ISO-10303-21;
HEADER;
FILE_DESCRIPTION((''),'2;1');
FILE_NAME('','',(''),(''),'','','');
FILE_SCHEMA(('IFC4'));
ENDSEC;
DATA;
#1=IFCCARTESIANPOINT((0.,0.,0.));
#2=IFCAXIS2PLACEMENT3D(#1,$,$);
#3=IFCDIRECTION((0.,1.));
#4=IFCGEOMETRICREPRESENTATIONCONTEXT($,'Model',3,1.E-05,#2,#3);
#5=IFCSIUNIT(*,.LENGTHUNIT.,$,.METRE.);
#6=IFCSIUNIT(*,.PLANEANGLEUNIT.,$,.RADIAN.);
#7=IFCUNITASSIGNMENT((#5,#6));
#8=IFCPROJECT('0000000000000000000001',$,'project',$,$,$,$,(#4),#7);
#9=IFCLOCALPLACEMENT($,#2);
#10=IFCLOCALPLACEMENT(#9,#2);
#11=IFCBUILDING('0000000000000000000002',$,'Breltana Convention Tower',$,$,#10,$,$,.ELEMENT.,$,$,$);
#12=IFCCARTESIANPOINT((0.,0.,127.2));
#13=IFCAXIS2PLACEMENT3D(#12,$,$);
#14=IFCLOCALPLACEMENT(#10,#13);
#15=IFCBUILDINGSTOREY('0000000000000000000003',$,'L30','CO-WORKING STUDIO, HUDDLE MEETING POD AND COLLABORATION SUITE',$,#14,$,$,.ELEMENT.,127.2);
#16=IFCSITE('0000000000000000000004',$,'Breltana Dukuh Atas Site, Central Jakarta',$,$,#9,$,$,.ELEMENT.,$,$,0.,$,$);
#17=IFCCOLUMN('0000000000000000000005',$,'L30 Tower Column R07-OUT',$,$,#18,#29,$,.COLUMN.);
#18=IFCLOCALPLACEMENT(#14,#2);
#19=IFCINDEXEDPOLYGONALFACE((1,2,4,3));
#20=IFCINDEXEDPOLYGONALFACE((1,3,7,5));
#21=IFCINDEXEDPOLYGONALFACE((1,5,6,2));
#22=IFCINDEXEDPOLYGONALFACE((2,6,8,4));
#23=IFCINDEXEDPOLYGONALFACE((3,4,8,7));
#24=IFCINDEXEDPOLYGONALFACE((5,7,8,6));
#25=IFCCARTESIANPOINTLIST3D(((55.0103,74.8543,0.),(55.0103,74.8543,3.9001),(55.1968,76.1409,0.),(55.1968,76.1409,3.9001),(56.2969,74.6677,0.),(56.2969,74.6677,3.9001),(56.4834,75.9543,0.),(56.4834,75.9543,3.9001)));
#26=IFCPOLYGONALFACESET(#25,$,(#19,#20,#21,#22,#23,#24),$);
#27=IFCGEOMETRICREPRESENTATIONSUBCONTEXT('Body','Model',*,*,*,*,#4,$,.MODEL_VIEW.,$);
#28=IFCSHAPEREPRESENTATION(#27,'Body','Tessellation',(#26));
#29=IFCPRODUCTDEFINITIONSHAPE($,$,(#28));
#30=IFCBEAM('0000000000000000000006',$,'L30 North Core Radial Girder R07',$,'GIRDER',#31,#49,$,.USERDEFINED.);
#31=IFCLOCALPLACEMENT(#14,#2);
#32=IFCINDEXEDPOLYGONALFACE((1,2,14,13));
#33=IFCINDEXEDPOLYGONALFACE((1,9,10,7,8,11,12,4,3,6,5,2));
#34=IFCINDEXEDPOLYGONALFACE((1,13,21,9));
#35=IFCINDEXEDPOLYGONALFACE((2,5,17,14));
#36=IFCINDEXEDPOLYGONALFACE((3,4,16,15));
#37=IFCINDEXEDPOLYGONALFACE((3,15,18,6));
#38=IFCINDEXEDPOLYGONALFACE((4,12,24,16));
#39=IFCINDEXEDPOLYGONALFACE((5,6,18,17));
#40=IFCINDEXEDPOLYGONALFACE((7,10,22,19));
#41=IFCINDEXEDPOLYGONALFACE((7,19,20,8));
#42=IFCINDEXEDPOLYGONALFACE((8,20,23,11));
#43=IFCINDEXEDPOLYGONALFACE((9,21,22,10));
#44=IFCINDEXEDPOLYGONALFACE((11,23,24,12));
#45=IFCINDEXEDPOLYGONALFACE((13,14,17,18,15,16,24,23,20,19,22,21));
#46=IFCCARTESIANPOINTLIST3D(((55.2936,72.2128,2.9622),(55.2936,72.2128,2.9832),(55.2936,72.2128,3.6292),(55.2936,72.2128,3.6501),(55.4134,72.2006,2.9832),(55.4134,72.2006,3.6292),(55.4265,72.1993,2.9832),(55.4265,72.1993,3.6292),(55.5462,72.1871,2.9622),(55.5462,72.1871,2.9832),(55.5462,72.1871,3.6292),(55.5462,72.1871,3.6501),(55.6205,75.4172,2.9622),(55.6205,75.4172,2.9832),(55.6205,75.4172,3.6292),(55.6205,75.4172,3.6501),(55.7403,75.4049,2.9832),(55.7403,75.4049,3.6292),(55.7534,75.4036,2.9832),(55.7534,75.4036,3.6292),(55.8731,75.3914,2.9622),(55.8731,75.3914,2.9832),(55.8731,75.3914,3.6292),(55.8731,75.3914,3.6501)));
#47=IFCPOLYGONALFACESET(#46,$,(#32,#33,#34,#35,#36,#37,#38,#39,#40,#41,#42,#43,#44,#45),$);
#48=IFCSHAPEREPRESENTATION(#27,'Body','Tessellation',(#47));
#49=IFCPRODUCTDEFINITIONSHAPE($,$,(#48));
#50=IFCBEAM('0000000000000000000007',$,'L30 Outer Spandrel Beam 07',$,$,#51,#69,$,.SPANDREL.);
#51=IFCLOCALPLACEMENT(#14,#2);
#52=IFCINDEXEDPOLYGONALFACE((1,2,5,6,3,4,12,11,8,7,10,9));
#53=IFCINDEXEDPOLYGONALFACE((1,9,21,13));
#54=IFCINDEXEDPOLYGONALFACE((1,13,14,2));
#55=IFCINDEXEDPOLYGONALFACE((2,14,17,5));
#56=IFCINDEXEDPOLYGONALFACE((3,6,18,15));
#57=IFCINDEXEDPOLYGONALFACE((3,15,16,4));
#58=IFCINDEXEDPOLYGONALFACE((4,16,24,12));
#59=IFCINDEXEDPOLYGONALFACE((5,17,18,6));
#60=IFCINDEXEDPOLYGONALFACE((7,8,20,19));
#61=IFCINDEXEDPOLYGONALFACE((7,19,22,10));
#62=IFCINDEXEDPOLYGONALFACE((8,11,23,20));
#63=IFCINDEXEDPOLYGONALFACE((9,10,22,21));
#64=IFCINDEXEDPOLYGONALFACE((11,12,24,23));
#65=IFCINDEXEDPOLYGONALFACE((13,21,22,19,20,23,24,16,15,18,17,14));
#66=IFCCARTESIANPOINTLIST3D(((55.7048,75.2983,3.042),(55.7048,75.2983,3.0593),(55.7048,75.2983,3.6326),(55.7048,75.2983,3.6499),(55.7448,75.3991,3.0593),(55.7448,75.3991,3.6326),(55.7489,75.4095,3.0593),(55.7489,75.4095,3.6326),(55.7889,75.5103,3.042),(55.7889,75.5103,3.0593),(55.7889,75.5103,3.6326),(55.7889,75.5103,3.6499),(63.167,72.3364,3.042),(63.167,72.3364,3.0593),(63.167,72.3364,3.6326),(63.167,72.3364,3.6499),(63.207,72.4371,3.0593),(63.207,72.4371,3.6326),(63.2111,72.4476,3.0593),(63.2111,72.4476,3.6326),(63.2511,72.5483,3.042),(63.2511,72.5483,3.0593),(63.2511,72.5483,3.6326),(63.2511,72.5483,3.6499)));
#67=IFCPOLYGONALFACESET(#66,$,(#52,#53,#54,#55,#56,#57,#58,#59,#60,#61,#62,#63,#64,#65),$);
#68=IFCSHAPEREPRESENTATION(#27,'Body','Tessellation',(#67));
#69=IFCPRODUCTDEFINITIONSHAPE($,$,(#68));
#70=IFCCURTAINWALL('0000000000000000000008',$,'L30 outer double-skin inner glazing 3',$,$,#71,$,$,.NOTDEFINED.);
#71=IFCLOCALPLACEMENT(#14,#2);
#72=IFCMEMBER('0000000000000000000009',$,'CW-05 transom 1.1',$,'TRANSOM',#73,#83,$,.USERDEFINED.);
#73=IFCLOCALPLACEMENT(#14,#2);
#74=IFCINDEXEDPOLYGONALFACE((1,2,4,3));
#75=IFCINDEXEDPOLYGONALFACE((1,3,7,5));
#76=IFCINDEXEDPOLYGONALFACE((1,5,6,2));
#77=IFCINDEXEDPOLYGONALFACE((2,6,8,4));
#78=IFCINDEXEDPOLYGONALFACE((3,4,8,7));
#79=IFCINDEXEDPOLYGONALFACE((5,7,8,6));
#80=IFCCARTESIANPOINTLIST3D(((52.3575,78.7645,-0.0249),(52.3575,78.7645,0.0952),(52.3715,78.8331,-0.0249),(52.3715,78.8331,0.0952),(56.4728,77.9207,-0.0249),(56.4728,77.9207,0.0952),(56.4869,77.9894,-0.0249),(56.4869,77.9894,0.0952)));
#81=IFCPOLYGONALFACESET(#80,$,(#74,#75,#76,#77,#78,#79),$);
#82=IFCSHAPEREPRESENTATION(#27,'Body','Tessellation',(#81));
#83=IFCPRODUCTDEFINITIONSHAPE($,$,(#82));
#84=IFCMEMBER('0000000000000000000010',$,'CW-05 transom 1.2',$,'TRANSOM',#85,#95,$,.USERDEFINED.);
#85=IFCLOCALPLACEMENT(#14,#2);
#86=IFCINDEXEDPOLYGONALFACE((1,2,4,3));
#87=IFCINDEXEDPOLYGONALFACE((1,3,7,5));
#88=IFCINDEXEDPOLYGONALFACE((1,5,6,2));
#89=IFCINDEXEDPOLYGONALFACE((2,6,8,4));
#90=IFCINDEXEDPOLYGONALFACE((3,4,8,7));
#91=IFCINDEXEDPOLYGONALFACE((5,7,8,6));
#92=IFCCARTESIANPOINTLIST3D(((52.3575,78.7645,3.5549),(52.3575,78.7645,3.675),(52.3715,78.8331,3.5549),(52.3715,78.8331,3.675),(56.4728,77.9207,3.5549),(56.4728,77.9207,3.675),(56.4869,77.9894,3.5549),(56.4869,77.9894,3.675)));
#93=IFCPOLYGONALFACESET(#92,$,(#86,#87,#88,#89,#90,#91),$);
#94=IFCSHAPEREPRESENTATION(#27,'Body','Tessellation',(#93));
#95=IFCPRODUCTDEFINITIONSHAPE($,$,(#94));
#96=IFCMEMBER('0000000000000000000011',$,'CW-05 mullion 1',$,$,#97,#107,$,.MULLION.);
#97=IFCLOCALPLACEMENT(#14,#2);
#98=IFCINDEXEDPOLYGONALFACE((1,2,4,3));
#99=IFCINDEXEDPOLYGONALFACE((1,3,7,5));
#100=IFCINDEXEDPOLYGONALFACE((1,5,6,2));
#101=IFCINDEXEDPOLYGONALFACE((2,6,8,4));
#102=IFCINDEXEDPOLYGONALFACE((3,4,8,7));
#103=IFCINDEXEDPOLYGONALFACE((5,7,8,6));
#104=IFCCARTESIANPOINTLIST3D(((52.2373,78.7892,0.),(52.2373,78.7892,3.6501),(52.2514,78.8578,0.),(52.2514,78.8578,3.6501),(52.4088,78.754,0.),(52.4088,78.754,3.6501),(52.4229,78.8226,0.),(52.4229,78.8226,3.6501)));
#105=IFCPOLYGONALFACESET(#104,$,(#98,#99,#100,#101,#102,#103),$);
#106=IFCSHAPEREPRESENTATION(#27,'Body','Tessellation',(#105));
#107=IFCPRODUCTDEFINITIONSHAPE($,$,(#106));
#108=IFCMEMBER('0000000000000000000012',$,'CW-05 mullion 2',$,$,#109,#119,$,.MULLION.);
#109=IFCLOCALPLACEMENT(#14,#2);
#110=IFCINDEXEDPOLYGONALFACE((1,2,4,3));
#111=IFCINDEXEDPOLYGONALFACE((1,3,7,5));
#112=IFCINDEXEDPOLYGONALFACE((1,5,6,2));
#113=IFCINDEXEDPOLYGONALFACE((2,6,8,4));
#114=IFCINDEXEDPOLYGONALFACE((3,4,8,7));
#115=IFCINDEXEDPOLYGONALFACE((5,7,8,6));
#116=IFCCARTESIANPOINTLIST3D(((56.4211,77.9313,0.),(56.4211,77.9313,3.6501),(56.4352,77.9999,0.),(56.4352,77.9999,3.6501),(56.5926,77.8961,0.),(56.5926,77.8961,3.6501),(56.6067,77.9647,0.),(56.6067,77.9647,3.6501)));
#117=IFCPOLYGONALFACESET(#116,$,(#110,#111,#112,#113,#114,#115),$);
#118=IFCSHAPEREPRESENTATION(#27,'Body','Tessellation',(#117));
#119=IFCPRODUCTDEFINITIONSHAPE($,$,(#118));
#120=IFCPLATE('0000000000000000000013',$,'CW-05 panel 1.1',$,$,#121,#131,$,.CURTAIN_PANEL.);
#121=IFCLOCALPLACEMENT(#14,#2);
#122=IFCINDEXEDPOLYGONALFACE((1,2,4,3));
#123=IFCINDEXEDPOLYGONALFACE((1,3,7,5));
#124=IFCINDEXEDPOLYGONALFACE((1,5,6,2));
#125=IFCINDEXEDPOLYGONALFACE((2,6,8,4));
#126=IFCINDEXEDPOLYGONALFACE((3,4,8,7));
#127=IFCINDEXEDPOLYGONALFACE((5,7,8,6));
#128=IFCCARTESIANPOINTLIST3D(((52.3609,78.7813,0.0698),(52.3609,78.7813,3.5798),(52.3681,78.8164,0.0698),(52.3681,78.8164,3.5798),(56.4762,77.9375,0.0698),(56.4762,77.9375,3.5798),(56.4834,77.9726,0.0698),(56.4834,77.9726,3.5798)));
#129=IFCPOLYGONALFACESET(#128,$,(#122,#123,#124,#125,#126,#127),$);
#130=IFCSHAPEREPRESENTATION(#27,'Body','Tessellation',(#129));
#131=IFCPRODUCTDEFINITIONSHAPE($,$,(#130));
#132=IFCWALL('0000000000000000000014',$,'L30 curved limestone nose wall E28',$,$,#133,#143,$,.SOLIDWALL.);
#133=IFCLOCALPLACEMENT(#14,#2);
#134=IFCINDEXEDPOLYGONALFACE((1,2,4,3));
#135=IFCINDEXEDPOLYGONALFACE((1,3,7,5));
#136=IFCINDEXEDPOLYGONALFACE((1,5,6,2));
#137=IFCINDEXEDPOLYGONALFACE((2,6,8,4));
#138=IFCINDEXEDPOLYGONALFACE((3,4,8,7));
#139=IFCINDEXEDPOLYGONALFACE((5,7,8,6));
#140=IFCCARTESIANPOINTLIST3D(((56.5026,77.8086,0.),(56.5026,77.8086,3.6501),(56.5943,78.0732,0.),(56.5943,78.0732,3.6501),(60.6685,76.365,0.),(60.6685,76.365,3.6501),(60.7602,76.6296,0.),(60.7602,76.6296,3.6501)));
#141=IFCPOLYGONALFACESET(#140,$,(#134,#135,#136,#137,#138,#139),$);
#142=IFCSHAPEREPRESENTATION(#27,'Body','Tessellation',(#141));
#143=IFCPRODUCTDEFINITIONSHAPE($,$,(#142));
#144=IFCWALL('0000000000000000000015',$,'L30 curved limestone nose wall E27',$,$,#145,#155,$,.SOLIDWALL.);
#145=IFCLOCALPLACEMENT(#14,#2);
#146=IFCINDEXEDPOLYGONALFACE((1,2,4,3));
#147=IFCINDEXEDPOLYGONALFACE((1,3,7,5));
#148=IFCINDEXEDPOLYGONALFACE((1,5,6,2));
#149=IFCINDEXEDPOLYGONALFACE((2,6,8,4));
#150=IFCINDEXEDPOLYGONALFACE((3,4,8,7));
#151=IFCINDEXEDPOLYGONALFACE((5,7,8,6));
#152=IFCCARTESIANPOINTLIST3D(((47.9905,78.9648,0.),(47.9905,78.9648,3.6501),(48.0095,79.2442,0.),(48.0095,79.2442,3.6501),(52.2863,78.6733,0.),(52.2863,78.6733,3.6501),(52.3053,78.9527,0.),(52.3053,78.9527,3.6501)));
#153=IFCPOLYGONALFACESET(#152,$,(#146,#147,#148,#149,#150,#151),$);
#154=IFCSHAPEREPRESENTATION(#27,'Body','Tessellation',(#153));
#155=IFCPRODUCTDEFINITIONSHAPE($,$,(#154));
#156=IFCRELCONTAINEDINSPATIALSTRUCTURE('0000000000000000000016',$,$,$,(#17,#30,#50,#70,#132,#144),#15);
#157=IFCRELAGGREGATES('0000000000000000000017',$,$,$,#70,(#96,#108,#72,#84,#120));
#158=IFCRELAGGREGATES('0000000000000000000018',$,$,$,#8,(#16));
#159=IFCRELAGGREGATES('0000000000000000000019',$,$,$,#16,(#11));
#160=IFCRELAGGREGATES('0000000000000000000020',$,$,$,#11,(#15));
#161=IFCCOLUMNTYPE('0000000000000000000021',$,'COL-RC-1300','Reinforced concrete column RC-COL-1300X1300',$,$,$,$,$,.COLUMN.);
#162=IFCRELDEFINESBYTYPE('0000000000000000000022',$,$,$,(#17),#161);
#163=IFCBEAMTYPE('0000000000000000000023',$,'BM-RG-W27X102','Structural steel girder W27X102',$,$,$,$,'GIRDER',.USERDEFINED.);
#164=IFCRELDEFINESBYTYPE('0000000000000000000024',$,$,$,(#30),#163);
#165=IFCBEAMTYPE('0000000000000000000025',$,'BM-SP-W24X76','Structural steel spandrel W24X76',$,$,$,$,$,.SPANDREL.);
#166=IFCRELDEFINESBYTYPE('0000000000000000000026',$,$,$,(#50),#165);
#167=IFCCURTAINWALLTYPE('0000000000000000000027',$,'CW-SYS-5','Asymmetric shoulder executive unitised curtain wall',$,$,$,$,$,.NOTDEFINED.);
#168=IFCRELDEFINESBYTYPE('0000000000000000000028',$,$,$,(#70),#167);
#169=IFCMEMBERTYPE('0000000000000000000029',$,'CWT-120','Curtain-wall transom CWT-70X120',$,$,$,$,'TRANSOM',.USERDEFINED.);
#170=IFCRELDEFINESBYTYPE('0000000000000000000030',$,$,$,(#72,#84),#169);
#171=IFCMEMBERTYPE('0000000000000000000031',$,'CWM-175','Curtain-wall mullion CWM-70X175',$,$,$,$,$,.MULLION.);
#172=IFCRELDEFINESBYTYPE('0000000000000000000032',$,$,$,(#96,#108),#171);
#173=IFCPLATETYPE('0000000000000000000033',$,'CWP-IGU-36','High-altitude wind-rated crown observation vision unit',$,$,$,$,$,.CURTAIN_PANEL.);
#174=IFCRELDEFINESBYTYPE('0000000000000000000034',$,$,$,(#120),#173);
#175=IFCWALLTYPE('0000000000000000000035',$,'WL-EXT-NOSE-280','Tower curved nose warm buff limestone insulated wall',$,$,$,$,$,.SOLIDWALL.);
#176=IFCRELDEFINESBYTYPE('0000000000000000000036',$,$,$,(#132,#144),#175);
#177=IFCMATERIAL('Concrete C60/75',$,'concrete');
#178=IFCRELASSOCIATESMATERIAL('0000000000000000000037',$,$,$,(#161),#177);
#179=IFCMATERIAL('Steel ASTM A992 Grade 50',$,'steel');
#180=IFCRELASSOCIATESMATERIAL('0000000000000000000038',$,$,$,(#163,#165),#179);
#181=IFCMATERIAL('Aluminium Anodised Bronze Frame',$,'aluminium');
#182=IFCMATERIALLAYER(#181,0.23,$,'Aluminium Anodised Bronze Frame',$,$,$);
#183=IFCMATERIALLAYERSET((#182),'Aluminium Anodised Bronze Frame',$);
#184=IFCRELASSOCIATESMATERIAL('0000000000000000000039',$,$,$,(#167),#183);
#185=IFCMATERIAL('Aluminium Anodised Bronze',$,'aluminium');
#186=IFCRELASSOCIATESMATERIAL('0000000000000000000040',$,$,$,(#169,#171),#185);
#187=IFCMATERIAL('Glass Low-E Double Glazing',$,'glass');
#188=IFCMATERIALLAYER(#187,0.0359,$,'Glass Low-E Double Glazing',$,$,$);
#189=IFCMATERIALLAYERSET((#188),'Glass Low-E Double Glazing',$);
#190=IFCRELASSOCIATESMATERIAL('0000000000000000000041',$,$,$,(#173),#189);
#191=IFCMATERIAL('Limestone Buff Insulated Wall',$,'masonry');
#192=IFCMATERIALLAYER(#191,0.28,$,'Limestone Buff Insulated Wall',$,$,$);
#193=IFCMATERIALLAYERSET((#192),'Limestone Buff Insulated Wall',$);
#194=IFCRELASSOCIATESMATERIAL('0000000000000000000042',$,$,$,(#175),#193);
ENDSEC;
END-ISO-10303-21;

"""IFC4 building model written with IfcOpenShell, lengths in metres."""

from ifc_helpers import new_model, si_unit, direction, frame, frame_2d, origin, origin_2d, place, context, subcontext, project, spatial, rectangle, i_section, extrude, source, transform, mapped, material, layer, layer_set, material_profile, profile_set, type_object, element, aggregate, save


model = new_model("IFC4")

# Units and contexts
model_context = context("Model", 3, precision=1e-05, world=origin(), true_north=direction((0.0, 1.0)))
body_context = subcontext(model_context, "Body", "Model", "MODEL_VIEW")
ifc_project = project(units=[si_unit("LENGTHUNIT", "METRE"), si_unit("PLANEANGLEUNIT", "RADIAN")], contexts=[model_context])

# Site, building, storey
site_placement = place(None, origin())
site = spatial("IfcSite", under=ifc_project, at=site_placement, Name="Breltana Dukuh Atas Site, Central Jakarta", CompositionType="ELEMENT", RefElevation=0.0)
building_placement = place(site_placement, origin())
building = spatial("IfcBuilding", under=site, at=building_placement, Name="Breltana Convention Tower", CompositionType="ELEMENT")
storey_placement = place(building_placement, frame((0.0, 0.0, 127.2)))
storey = spatial("IfcBuildingStorey", under=building, at=storey_placement, Name="L30", Description="CO-WORKING STUDIO, HUDDLE MEETING POD AND COLLABORATION SUITE", CompositionType="ELEMENT", Elevation=127.2)

# Column
ifc_material_1 = material(Name="Concrete C60/75", Category="concrete")
ifc_material_profile_1 = material_profile(ifc_material_1, rectangle(XDim=1.3, YDim=1.3, at=origin_2d()), Name="RC-COL-1300X1300")
ifc_profile_set_1 = profile_set([ifc_material_profile_1], Name="Concrete C60/75")
column_type = type_object("IfcColumnType", Name="COL-RC-1300", Description="Reinforced concrete column RC-COL-1300X1300", PredefinedType="COLUMN", material=ifc_profile_set_1)
shared_shape_1 = source(origin(), body_context, "Body", "SweptSolid", [
    extrude(rectangle(XDim=1.3, YDim=1.3, at=origin_2d()), origin(), (0.0, 0.0, 1.0), 3.9001),
])
column_placement = place(storey_placement, frame((55.7468, 75.4043, 0.0), z_axis=(0.0, 0.0, 1.0), x_axis=(0.143493, 0.989651, 0.0)))
element("IfcColumn", 1, at=column_placement, inside=storey, type_object=column_type, Name="L30 Tower Column R07-OUT", PredefinedType="COLUMN", context=body_context, shape_type="MappedRepresentation", body=[
    mapped(shared_shape_1, transform((0.0, 0.0, 0.0), scale=1.0)),
])

# Beams
ifc_material_2 = material(Name="Steel ASTM A992 Grade 50", Category="steel")
ifc_material_profile_2 = material_profile(ifc_material_2, i_section(OverallWidth=0.2539, OverallDepth=0.688, WebThickness=0.0132, FlangeThickness=0.021, at=origin_2d()), Name="W27X102")
ifc_profile_set_2 = profile_set([ifc_material_profile_2], Name="Steel ASTM A992 Grade 50")
beam_type_1 = type_object("IfcBeamType", Name="BM-RG-W27X102", Description="Structural steel girder W27X102", ElementType="GIRDER", PredefinedType="USERDEFINED", material=ifc_profile_set_2)
shared_shape_2 = source(origin(), body_context, "Body", "SweptSolid", [
    extrude(i_section(OverallWidth=0.2539, OverallDepth=0.688, WebThickness=0.0132, FlangeThickness=0.021, at=origin_2d()), origin(), (0.0, 0.0, 1.0), 3.2209),
])
beam_1_placement = place(storey_placement, frame((55.4199, 72.2, 3.3062), z_axis=(0.101492, 0.994836, 0.0), x_axis=(-0.994836, 0.101492, 0.0)))
element("IfcBeam", 2, at=beam_1_placement, inside=storey, type_object=beam_type_1, Name="L30 North Core Radial Girder R07", ObjectType="GIRDER", PredefinedType="USERDEFINED", context=body_context, shape_type="MappedRepresentation", body=[
    mapped(shared_shape_2, transform((0.0, 0.0, 0.0), scale=1.0)),
])
ifc_material_profile_3 = material_profile(ifc_material_2, i_section(OverallWidth=0.228, OverallDepth=0.6079, WebThickness=0.0112, FlangeThickness=0.0173, at=origin_2d()), Name="W24X76")
ifc_profile_set_3 = profile_set([ifc_material_profile_3], Name="Steel ASTM A992 Grade 50")
beam_type_2 = type_object("IfcBeamType", Name="BM-SP-W24X76", Description="Structural steel spandrel W24X76", PredefinedType="SPANDREL", material=ifc_profile_set_3)
shared_shape_3 = source(origin(), body_context, "Body", "SweptSolid", [
    extrude(i_section(OverallWidth=0.228, OverallDepth=0.6079, WebThickness=0.0112, FlangeThickness=0.0173, at=origin_2d()), origin(), (0.0, 0.0, 1.0), 8.0286),
])
beam_2_placement = place(storey_placement, frame((55.7468, 75.4043, 3.3459), z_axis=(0.929459, -0.368925, 0.0), x_axis=(0.368925, 0.929459, 0.0)))
element("IfcBeam", 3, at=beam_2_placement, inside=storey, type_object=beam_type_2, Name="L30 Outer Spandrel Beam 07", PredefinedType="SPANDREL", context=body_context, shape_type="MappedRepresentation", body=[
    mapped(shared_shape_3, transform((0.0, 0.0, 0.0), scale=1.0)),
])

# Curtain wall, members, plate
ifc_material_3 = material(Name="Aluminium Anodised Bronze Frame", Category="aluminium")
ifc_layer_1 = layer(ifc_material_3, 0.23, Name="Aluminium Anodised Bronze Frame")
ifc_layer_set_1 = layer_set([ifc_layer_1], Name="Aluminium Anodised Bronze Frame")
curtain_wall_type = type_object("IfcCurtainWallType", Name="CW-SYS-5", Description="Asymmetric shoulder executive unitised curtain wall", PredefinedType="NOTDEFINED", material=ifc_layer_set_1)
curtain_wall_placement = place(storey_placement, origin())
curtain_wall = element("IfcCurtainWall", 4, at=curtain_wall_placement, inside=storey, type_object=curtain_wall_type, Name="L30 outer double-skin inner glazing 3", PredefinedType="NOTDEFINED")
ifc_material_4 = material(Name="Aluminium Anodised Bronze", Category="aluminium")
ifc_material_profile_4 = material_profile(ifc_material_4, rectangle(XDim=0.0701, YDim=0.1201, at=origin_2d()), Name="CWT-70X120")
ifc_profile_set_4 = profile_set([ifc_material_profile_4], Name="Aluminium Anodised Bronze")
member_type_1 = type_object("IfcMemberType", Name="CWT-120", Description="Curtain-wall transom CWT-70X120", ElementType="TRANSOM", PredefinedType="USERDEFINED", material=ifc_profile_set_4)
shared_shape_4 = source(origin(), body_context, "Body", "SweptSolid", [
    extrude(rectangle(XDim=0.0701, YDim=0.1201, at=origin_2d()), origin(), (0.0, 0.0, 1.0), 4.2009),
])
member_1_placement = place(storey_placement, frame((52.3645, 78.7988, 0.0352), z_axis=(0.979621, -0.200853, 0.0), x_axis=(0.200853, 0.979621, 0.0)))
member_1 = element("IfcMember", 5, at=member_1_placement, type_object=member_type_1, Name="CW-05 transom 1.1", ObjectType="TRANSOM", PredefinedType="USERDEFINED", context=body_context, shape_type="MappedRepresentation", body=[
    mapped(shared_shape_4, transform((0.0, 0.0, 0.0), scale=1.0)),
])
member_2_placement = place(storey_placement, frame((52.3645, 78.7988, 3.615), z_axis=(0.979621, -0.200853, 0.0), x_axis=(0.200853, 0.979621, 0.0)))
member_2 = element("IfcMember", 6, at=member_2_placement, type_object=member_type_1, Name="CW-05 transom 1.2", ObjectType="TRANSOM", PredefinedType="USERDEFINED", context=body_context, shape_type="MappedRepresentation", body=[
    mapped(shared_shape_4, transform((0.0, 0.0, 0.0), scale=1.0)),
])
ifc_material_profile_5 = material_profile(ifc_material_4, rectangle(XDim=0.0701, YDim=0.175, at=origin_2d()), Name="CWM-70X175")
ifc_profile_set_5 = profile_set([ifc_material_profile_5], Name="Aluminium Anodised Bronze")
member_type_2 = type_object("IfcMemberType", Name="CWM-175", Description="Curtain-wall mullion CWM-70X175", PredefinedType="MULLION", material=ifc_profile_set_5)
shared_shape_5 = source(origin(), body_context, "Body", "SweptSolid", [
    extrude(rectangle(XDim=0.0701, YDim=0.175, at=origin_2d()), origin(), (0.0, 0.0, 1.0), 3.6501),
])
member_3_placement = place(storey_placement, frame((52.3301, 78.8059, 0.0), z_axis=(0.0, 0.0, 1.0), x_axis=(0.200859, 0.97962, 0.0)))
member_3 = element("IfcMember", 7, at=member_3_placement, type_object=member_type_2, Name="CW-05 mullion 1", PredefinedType="MULLION", context=body_context, shape_type="MappedRepresentation", body=[
    mapped(shared_shape_5, transform((0.0, 0.0, 0.0), scale=1.0)),
])
member_4_placement = place(storey_placement, frame((56.5139, 77.948, 0.0), z_axis=(0.0, 0.0, 1.0), x_axis=(0.200859, 0.97962, 0.0)))
member_4 = element("IfcMember", 8, at=member_4_placement, type_object=member_type_2, Name="CW-05 mullion 2", PredefinedType="MULLION", context=body_context, shape_type="MappedRepresentation", body=[
    mapped(shared_shape_5, transform((0.0, 0.0, 0.0), scale=1.0)),
])
ifc_material_5 = material(Name="Glass Low-E Double Glazing", Category="glass")
ifc_layer_2 = layer(ifc_material_5, 0.0359, Name="Glass Low-E Double Glazing")
ifc_layer_set_2 = layer_set([ifc_layer_2], Name="Glass Low-E Double Glazing")
plate_type = type_object("IfcPlateType", Name="CWP-IGU-36", Description="High-altitude wind-rated crown observation vision unit", PredefinedType="CURTAIN_PANEL", material=ifc_layer_set_2)
shared_shape_6 = source(origin(), body_context, "Body", "SweptSolid", [
    extrude(rectangle(XDim=4.2009, YDim=0.0359, at=origin_2d()), origin(), (0.0, 0.0, 1.0), 3.51),
])
plate_placement = place(storey_placement, frame((54.4221, 78.377, 0.0698), z_axis=(0.0, 0.0, 1.0), x_axis=(0.97962, -0.200859, 0.0)))
plate = element("IfcPlate", 9, at=plate_placement, type_object=plate_type, Name="CW-05 panel 1.1", PredefinedType="CURTAIN_PANEL", context=body_context, shape_type="MappedRepresentation", body=[
    mapped(shared_shape_6, transform((0.0, 0.0, 0.0), scale=1.0)),
])
aggregate(curtain_wall, [member_3, member_4, member_1, member_2, plate])

# Walls
ifc_material_6 = material(Name="Limestone Buff Insulated Wall", Category="masonry")
ifc_layer_3 = layer(ifc_material_6, 0.28, Name="Limestone Buff Insulated Wall")
ifc_layer_set_3 = layer_set([ifc_layer_3], Name="Limestone Buff Insulated Wall")
wall_type_1 = type_object("IfcWallType", Name="WL-EXT-NOSE-280", Description="Tower curved nose warm buff limestone insulated wall", PredefinedType="SOLIDWALL", material=ifc_layer_set_3)
shared_shape_7 = source(origin(), body_context, "Body", "SweptSolid", [
    extrude(rectangle(XDim=4.4089, YDim=0.28, at=frame_2d((2.2046, 0.0))), origin(), (0.0, 0.0, 1.0), 3.6501),
])
wall_1_placement = place(storey_placement, frame((56.5483, 77.9409, 0.0), z_axis=(0.0, 0.0, 1.0), x_axis=(0.944879, -0.327419, 0.0)))
element("IfcWall", 10, at=wall_1_placement, inside=storey, type_object=wall_type_1, Name="L30 curved limestone nose wall E28", PredefinedType="SOLIDWALL", context=body_context, shape_type="MappedRepresentation", body=[
    mapped(shared_shape_7, transform((0.0, 0.0, 0.0), scale=1.0)),
])
shared_shape_8 = source(origin(), body_context, "Body", "SweptSolid", [
    extrude(rectangle(XDim=4.3057, YDim=0.28, at=frame_2d((2.1528, 0.0))), origin(), (0.0, 0.0, 1.0), 3.6501),
])
wall_2_placement = place(storey_placement, frame((48.0, 79.1045, 0.0), z_axis=(0.0, 0.0, 1.0), x_axis=(0.997706, -0.067701, 0.0)))
element("IfcWall", 11, at=wall_2_placement, inside=storey, type_object=wall_type_1, Name="L30 curved limestone nose wall E27", PredefinedType="SOLIDWALL", context=body_context, shape_type="MappedRepresentation", body=[
    mapped(shared_shape_8, transform((0.0, 0.0, 0.0), scale=1.0)),
])

save(model, "model.ifc")
